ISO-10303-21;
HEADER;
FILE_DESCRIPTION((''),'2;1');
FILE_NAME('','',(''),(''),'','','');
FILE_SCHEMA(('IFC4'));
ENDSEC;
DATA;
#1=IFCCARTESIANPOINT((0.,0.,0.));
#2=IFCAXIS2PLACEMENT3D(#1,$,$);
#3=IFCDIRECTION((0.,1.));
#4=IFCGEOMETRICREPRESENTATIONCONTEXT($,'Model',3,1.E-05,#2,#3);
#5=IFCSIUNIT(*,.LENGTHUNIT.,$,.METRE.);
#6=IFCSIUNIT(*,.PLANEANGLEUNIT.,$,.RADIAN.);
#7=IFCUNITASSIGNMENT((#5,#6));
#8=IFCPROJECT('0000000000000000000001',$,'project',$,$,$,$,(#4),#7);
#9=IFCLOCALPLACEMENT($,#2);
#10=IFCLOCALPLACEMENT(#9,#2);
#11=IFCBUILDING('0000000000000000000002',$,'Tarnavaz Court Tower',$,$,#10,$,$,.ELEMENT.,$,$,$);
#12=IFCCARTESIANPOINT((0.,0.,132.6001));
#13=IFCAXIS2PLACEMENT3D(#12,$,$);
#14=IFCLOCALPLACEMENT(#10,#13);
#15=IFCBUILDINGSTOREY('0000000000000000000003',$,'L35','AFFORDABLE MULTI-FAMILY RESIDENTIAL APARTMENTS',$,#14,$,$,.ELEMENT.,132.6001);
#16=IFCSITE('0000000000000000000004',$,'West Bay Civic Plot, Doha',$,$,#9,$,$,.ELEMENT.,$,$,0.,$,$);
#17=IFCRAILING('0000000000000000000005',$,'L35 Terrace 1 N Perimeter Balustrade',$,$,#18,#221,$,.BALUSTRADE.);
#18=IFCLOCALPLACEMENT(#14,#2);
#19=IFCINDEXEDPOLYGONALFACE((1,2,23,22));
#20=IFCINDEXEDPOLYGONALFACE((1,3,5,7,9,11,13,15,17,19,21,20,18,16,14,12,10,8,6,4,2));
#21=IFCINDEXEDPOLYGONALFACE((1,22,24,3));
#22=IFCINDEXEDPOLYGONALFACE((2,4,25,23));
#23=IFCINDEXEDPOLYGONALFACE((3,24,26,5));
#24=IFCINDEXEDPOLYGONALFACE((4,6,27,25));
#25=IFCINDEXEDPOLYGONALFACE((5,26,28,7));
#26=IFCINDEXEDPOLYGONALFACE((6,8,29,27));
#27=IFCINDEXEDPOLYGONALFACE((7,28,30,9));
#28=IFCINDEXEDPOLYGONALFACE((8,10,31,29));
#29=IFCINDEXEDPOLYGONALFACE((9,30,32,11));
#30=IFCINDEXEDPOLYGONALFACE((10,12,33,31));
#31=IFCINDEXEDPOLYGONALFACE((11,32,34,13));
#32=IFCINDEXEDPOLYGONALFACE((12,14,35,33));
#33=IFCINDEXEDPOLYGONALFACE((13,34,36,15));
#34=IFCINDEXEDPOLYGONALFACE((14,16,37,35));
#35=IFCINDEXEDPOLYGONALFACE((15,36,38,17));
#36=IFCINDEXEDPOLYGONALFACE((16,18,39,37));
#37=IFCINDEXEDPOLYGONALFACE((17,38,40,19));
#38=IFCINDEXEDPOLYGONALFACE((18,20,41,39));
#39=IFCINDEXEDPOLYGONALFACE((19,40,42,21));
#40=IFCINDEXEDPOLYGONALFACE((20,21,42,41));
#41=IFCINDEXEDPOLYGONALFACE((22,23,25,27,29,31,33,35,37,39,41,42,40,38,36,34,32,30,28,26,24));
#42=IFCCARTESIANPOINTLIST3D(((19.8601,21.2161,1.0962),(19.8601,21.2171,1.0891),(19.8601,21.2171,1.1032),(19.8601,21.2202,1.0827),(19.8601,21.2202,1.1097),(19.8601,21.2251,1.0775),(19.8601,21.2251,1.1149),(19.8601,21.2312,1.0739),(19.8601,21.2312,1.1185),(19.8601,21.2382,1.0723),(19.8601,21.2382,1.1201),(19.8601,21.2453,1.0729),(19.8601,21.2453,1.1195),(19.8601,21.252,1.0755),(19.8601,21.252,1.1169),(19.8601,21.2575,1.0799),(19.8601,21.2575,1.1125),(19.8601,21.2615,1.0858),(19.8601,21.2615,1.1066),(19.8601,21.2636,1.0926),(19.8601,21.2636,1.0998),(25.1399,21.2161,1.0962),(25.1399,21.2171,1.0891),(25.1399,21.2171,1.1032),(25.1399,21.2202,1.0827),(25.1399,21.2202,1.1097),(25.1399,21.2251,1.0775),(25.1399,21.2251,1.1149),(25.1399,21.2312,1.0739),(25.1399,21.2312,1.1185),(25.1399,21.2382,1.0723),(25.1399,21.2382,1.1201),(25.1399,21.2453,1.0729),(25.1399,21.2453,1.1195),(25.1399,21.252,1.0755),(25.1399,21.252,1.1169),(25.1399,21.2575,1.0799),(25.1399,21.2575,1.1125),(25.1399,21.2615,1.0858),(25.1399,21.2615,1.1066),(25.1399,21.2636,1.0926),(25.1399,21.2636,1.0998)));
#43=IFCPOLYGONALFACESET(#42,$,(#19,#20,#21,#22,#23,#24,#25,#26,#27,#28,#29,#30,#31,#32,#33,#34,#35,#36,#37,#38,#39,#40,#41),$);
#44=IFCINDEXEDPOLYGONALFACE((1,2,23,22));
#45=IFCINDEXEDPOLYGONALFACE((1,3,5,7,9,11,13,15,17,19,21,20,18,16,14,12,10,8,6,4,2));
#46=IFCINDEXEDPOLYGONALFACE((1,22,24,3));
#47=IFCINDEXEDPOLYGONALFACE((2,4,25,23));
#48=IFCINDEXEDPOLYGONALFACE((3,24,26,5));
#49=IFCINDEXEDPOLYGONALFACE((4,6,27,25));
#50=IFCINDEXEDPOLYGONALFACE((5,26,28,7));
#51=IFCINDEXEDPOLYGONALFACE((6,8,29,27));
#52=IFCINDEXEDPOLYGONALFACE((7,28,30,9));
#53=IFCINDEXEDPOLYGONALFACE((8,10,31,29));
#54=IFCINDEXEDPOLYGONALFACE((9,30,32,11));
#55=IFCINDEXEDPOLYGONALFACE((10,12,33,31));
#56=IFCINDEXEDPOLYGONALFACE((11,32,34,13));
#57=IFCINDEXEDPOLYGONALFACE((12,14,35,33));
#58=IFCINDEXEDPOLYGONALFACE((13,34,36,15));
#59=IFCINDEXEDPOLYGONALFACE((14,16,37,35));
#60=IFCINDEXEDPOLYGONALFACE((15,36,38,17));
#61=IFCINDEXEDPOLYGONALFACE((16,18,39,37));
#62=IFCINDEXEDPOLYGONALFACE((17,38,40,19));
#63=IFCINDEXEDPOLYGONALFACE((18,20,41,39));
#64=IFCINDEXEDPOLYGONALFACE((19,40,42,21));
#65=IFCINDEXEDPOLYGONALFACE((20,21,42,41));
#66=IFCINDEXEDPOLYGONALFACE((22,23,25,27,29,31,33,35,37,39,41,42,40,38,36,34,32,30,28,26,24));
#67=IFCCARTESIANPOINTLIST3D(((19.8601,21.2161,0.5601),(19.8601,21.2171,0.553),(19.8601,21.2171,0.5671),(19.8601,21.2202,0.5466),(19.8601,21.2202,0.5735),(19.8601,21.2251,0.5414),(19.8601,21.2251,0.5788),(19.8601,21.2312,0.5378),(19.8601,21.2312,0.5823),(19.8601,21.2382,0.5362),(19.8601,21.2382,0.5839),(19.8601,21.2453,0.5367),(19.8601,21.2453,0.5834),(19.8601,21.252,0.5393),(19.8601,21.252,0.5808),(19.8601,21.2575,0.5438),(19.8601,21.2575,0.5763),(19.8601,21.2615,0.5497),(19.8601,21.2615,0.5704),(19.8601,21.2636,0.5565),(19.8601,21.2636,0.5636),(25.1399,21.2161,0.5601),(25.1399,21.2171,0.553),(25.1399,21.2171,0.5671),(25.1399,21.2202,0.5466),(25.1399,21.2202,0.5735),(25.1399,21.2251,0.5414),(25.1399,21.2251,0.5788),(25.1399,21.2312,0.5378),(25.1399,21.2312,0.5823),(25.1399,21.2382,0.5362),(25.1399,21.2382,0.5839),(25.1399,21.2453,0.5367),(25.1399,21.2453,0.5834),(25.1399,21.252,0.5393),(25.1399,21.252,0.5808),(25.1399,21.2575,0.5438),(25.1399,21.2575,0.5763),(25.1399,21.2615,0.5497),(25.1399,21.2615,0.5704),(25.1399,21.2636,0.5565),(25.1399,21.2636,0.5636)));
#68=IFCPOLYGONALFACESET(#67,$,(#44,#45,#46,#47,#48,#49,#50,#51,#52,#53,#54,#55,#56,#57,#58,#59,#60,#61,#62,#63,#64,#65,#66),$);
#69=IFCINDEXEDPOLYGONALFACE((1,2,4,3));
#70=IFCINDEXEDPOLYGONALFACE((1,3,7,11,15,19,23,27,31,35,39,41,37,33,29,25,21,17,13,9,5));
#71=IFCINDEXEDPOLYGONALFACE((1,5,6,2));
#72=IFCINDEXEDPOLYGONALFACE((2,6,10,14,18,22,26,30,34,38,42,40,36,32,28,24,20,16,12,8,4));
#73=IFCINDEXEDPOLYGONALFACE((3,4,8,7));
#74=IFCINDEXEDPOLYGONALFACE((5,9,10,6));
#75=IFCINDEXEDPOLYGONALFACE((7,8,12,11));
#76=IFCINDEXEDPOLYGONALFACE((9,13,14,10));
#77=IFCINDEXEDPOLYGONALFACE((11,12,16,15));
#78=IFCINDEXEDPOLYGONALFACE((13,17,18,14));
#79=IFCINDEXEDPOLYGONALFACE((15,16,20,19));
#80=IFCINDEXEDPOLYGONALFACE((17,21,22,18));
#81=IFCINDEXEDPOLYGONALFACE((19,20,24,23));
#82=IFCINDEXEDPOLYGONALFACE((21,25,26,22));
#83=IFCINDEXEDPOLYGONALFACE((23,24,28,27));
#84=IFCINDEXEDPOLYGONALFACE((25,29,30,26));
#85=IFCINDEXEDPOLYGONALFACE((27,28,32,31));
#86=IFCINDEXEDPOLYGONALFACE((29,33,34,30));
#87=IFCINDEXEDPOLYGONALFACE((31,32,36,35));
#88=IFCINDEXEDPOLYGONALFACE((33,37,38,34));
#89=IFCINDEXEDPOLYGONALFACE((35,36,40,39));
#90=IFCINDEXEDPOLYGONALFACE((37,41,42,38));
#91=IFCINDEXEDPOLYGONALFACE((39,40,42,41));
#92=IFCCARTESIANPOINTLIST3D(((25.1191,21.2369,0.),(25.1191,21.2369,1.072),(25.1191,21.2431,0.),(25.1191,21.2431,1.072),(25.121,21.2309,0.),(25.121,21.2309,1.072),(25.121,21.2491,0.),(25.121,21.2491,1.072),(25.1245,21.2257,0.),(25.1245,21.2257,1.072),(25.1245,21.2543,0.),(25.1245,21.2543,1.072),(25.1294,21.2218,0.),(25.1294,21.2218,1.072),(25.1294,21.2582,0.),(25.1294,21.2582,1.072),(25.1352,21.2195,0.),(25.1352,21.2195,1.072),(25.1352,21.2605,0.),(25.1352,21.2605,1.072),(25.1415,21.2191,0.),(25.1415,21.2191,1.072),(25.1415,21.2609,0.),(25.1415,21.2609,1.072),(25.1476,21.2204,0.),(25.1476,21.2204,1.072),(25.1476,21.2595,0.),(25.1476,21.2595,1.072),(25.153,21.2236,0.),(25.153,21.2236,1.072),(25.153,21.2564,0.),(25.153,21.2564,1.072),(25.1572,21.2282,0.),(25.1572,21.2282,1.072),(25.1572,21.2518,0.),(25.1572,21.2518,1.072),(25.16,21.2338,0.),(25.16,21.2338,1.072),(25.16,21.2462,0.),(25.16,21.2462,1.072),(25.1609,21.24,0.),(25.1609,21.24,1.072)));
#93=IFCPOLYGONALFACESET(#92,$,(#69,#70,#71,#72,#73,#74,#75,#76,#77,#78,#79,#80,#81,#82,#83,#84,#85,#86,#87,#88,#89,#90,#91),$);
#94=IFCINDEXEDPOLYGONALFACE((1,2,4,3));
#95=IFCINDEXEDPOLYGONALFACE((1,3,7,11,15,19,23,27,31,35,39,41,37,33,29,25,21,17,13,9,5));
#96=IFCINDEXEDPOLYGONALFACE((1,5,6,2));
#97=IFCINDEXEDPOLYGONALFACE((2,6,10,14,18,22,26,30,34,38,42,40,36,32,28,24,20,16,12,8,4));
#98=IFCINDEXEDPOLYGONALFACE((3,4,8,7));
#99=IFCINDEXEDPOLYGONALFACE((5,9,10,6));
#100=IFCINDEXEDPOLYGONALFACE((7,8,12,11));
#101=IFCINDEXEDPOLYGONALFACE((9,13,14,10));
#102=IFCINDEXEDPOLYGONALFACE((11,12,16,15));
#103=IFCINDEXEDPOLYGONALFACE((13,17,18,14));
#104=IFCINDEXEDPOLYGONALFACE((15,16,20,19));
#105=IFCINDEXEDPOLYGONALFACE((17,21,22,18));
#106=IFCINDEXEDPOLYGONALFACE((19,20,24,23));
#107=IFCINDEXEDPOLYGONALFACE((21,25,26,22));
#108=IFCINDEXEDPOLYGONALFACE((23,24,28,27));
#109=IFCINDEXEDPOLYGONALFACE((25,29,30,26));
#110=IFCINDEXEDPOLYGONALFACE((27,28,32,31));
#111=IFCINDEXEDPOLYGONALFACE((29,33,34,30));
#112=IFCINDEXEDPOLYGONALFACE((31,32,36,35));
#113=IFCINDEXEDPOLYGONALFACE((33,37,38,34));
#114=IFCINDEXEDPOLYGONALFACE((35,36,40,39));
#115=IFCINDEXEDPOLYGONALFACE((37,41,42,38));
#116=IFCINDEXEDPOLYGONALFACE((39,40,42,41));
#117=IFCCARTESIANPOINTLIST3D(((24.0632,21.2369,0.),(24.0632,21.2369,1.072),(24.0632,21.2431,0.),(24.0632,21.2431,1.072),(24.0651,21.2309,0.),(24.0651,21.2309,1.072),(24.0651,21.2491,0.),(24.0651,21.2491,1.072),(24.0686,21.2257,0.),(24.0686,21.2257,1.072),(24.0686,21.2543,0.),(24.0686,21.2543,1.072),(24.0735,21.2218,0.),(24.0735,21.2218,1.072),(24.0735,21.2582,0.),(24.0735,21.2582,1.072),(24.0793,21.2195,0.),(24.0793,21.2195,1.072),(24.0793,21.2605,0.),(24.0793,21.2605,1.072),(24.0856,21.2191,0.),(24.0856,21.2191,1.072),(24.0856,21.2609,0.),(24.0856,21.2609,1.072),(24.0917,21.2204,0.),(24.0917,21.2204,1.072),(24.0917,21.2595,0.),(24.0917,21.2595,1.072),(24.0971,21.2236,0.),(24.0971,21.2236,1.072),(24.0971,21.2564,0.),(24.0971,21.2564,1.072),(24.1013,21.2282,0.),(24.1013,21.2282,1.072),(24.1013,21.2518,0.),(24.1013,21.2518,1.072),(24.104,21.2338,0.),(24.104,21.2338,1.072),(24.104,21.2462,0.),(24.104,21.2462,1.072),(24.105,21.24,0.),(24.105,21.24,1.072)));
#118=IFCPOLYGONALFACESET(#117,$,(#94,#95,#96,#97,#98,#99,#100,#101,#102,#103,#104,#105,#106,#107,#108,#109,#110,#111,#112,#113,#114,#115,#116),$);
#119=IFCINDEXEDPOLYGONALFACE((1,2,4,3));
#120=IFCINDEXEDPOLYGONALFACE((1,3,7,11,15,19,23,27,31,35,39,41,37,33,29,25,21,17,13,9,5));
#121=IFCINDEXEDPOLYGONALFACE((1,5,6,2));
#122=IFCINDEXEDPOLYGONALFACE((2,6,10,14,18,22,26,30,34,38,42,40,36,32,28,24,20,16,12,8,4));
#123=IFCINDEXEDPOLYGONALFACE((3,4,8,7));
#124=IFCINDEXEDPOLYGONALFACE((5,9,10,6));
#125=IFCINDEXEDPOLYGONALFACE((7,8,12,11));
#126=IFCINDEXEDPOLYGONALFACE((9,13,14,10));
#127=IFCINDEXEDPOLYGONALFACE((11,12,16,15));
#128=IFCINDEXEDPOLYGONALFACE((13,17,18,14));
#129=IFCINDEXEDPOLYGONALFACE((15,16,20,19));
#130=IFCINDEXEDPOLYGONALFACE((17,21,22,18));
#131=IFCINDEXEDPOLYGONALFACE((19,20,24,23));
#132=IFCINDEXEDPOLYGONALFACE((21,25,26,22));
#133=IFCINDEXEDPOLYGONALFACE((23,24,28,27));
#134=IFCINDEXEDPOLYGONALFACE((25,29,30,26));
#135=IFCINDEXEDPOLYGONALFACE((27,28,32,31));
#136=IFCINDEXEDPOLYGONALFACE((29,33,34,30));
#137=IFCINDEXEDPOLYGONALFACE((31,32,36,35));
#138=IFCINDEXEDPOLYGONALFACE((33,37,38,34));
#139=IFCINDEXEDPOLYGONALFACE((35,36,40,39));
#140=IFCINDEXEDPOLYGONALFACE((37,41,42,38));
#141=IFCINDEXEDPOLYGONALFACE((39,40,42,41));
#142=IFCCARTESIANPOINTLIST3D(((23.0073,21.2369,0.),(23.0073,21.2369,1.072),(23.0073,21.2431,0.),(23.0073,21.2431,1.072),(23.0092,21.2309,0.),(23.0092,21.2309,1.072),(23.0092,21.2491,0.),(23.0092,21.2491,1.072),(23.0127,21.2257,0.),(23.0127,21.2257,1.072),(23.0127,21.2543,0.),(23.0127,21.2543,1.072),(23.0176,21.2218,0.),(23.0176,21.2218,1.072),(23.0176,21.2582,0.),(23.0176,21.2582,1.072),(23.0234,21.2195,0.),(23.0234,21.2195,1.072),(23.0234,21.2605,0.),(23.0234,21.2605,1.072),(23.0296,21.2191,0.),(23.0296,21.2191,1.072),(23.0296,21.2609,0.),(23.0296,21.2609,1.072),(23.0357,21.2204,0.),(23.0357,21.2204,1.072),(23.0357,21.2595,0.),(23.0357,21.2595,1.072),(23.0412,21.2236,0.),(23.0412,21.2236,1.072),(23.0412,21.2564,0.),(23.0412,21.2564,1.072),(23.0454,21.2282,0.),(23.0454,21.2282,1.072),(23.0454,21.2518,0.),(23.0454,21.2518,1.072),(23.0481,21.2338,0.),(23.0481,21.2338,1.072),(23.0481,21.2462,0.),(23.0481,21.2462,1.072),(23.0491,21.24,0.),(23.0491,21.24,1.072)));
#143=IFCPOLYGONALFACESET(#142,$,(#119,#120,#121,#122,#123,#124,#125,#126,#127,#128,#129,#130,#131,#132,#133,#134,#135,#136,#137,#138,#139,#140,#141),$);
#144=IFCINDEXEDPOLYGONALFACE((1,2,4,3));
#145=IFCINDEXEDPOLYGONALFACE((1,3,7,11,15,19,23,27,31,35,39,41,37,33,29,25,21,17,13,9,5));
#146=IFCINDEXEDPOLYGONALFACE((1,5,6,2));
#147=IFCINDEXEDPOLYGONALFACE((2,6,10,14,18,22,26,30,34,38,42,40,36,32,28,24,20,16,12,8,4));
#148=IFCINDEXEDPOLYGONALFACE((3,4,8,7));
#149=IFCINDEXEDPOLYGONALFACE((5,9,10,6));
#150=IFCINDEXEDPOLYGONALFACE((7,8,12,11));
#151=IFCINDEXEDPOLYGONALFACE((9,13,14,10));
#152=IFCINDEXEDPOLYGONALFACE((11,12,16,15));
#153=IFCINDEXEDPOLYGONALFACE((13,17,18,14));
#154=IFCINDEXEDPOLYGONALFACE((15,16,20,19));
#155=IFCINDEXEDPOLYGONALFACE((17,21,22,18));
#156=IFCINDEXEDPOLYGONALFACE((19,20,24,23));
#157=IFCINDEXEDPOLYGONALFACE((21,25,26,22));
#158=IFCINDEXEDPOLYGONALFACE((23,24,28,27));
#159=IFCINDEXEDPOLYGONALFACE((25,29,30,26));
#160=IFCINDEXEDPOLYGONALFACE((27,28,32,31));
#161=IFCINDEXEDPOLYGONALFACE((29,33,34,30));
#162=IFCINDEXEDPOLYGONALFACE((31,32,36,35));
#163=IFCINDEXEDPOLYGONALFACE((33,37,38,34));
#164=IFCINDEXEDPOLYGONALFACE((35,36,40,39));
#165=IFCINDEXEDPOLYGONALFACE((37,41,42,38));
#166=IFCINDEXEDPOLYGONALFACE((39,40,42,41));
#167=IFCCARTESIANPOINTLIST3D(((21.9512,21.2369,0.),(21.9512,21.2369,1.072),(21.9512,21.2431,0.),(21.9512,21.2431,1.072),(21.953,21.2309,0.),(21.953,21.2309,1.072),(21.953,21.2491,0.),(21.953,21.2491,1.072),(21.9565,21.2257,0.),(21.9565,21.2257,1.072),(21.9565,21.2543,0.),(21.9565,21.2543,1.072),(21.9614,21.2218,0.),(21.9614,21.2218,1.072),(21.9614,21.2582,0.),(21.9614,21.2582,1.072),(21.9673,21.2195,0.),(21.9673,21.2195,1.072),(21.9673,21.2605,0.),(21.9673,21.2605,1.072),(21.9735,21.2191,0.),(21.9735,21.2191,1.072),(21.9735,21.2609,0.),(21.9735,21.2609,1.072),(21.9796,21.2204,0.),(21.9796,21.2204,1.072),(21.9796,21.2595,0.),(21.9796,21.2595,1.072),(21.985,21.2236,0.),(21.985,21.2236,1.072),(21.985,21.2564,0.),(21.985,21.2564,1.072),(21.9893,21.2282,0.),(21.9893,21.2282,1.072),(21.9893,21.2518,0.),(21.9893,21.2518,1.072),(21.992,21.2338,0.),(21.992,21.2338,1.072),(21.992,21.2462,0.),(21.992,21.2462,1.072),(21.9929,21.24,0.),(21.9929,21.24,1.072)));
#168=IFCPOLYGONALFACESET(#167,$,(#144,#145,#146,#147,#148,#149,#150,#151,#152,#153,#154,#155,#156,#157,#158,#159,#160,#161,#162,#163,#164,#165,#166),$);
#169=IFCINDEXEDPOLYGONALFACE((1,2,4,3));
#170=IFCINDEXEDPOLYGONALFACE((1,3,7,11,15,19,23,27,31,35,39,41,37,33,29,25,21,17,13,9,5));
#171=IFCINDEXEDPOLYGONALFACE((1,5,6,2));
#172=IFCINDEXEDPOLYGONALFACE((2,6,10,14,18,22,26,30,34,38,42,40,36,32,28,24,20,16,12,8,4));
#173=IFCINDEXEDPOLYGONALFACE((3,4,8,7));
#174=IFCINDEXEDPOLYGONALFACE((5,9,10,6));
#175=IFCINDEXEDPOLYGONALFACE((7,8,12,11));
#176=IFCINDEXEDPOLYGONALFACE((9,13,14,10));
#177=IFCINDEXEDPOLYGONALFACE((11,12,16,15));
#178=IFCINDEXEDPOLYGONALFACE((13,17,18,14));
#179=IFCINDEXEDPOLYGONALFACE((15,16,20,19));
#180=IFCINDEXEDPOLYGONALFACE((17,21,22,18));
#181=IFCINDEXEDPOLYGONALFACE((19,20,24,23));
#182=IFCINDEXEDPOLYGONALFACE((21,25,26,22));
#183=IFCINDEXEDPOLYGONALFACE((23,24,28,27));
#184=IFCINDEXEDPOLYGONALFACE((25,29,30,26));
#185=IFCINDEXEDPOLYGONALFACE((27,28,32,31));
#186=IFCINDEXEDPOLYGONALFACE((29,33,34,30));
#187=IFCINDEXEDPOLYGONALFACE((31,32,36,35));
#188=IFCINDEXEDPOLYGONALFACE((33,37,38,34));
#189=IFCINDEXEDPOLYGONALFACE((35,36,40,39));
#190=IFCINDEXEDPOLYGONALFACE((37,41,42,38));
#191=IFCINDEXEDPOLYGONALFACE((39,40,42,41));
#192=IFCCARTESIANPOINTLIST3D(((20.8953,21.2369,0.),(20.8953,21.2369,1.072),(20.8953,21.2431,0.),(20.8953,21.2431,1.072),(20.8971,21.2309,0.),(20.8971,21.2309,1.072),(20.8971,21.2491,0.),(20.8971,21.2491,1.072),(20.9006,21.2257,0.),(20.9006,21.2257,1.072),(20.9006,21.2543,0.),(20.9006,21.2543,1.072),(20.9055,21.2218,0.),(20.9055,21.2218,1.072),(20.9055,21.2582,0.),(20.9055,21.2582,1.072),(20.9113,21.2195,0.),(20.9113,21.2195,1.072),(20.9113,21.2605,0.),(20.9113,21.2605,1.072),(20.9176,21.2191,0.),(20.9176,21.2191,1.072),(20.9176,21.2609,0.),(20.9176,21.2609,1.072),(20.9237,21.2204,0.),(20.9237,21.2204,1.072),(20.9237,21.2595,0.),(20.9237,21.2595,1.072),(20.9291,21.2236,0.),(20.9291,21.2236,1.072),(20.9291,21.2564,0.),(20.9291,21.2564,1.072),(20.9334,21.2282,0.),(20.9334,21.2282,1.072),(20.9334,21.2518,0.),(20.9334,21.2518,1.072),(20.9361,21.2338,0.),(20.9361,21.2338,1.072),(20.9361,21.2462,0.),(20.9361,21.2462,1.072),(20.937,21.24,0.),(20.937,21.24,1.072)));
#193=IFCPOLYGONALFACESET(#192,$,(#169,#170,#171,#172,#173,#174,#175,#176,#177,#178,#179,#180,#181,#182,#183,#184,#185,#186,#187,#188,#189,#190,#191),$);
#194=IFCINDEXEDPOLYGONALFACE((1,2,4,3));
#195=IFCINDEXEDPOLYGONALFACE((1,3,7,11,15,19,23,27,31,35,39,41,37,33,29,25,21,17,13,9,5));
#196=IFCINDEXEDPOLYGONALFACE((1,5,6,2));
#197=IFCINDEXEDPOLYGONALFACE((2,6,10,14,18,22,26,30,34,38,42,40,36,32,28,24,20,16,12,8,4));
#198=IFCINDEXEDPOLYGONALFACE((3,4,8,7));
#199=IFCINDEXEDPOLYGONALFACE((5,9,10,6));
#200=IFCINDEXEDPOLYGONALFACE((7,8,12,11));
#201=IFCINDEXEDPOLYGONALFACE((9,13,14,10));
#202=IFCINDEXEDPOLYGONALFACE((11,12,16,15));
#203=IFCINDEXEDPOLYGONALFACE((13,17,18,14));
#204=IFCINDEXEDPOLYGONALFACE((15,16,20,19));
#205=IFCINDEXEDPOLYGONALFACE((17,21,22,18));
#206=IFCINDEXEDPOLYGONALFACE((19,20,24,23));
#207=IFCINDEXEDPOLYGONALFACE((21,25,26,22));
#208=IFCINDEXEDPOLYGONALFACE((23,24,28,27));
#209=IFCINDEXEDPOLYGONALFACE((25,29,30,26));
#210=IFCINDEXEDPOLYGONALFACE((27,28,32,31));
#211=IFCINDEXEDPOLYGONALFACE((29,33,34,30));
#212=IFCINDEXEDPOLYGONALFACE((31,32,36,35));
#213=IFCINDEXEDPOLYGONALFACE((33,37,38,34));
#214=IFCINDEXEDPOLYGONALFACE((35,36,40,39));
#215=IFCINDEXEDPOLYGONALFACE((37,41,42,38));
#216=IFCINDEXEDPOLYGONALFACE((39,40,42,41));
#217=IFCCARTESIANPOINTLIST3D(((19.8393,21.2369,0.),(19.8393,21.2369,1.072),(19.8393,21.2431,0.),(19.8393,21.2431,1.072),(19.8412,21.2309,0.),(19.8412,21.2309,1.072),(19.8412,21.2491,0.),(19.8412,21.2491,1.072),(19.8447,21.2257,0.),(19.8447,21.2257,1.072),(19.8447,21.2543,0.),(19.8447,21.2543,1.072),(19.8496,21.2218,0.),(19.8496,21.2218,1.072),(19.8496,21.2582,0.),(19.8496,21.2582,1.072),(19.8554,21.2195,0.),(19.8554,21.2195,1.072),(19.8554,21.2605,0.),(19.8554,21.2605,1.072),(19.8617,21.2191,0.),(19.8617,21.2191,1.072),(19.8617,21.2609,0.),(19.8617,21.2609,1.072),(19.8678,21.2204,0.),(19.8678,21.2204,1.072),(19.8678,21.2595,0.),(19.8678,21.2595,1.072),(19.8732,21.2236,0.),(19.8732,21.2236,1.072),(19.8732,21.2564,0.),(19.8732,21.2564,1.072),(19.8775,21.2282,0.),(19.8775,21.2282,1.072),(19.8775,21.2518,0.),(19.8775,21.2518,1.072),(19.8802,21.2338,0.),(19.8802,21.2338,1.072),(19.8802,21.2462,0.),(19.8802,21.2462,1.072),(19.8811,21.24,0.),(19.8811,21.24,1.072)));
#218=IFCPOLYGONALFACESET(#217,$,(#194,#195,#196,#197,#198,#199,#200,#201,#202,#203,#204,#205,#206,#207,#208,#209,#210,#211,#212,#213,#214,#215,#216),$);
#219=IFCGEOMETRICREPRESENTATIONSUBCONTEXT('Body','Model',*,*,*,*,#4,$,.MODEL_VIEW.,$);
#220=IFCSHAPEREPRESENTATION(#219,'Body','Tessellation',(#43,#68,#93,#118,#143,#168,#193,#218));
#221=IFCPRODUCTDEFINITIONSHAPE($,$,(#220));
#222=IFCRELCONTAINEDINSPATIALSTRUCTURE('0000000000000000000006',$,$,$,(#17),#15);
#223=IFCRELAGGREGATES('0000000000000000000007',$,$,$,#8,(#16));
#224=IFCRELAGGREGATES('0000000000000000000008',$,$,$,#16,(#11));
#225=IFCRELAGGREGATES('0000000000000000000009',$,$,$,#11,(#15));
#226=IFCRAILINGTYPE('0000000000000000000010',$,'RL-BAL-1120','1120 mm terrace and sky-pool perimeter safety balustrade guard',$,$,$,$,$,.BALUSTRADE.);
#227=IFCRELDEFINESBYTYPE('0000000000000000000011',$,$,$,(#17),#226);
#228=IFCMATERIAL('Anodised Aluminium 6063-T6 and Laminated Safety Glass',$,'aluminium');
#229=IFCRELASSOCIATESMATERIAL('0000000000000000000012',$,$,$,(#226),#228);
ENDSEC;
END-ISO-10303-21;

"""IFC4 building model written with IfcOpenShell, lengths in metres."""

from ifc_helpers import new_model, si_unit, direction, frame, origin, origin_2d, place, context, subcontext, project, spatial, circle, extrude, material, type_object, element, save


model = new_model("IFC4")

# Units and contexts
model_context = context("Model", 3, precision=1e-05, world=origin(), true_north=direction((0.0, 1.0)))
body_context = subcontext(model_context, "Body", "Model", "MODEL_VIEW")
ifc_project = project(units=[si_unit("LENGTHUNIT", "METRE"), si_unit("PLANEANGLEUNIT", "RADIAN")], contexts=[model_context])

# Site, building, storey
site_placement = place(None, origin())
site = spatial("IfcSite", under=ifc_project, at=site_placement, Name="West Bay Civic Plot, Doha", CompositionType="ELEMENT", RefElevation=0.0)
building_placement = place(site_placement, origin())
building = spatial("IfcBuilding", under=site, at=building_placement, Name="Tarnavaz Court Tower", CompositionType="ELEMENT")
storey_placement = place(building_placement, frame((0.0, 0.0, 132.6001)))
storey = spatial("IfcBuildingStorey", under=building, at=storey_placement, Name="L35", Description="AFFORDABLE MULTI-FAMILY RESIDENTIAL APARTMENTS", CompositionType="ELEMENT", Elevation=132.6001)

# Railing
ifc_material_1 = material(Name="Anodised Aluminium 6063-T6 and Laminated Safety Glass", Category="aluminium")
railing_type = type_object("IfcRailingType", Name="RL-BAL-1120", Description="1120 mm terrace and sky-pool perimeter safety balustrade guard", PredefinedType="BALUSTRADE", material=ifc_material_1)
railing_1_placement = place(storey_placement, frame((25.1399, 21.24, 0.0)))
element("IfcRailing", 1, at=railing_1_placement, inside=storey, type_object=railing_type, Name="L35 Terrace 1 N Perimeter Balustrade", PredefinedType="BALUSTRADE", context=body_context, shape_type="SweptSolid", body=[
    extrude(circle(Radius=0.0239, at=origin_2d()), frame((0.0, 0.0, 1.0962), z_axis=(-1.0, 0.0, 0.0), x_axis=(0.0, -1.0, 0.0)), (0.0, 0.0, 1.0), 5.2798),
    extrude(circle(Radius=0.0239, at=origin_2d()), frame((0.0, 0.0, 0.5601), z_axis=(-1.0, 0.0, 0.0), x_axis=(0.0, -1.0, 0.0)), (0.0, 0.0, 1.0), 5.2798),
    extrude(circle(Radius=0.021, at=origin_2d()), origin(), (0.0, 0.0, 1.0), 1.072),
    extrude(circle(Radius=0.021, at=origin_2d()), frame((-1.0559, 0.0, 0.0)), (0.0, 0.0, 1.0), 1.072),
    extrude(circle(Radius=0.021, at=origin_2d()), frame((-2.1118, 0.0, 0.0)), (0.0, 0.0, 1.0), 1.072),
    extrude(circle(Radius=0.021, at=origin_2d()), frame((-3.168, 0.0, 0.0)), (0.0, 0.0, 1.0), 1.072),
    extrude(circle(Radius=0.021, at=origin_2d()), frame((-4.2239, 0.0, 0.0)), (0.0, 0.0, 1.0), 1.072),
    extrude(circle(Radius=0.021, at=origin_2d()), frame((-5.2798, 0.0, 0.0)), (0.0, 0.0, 1.0), 1.072),
])

save(model, "model.ifc")
